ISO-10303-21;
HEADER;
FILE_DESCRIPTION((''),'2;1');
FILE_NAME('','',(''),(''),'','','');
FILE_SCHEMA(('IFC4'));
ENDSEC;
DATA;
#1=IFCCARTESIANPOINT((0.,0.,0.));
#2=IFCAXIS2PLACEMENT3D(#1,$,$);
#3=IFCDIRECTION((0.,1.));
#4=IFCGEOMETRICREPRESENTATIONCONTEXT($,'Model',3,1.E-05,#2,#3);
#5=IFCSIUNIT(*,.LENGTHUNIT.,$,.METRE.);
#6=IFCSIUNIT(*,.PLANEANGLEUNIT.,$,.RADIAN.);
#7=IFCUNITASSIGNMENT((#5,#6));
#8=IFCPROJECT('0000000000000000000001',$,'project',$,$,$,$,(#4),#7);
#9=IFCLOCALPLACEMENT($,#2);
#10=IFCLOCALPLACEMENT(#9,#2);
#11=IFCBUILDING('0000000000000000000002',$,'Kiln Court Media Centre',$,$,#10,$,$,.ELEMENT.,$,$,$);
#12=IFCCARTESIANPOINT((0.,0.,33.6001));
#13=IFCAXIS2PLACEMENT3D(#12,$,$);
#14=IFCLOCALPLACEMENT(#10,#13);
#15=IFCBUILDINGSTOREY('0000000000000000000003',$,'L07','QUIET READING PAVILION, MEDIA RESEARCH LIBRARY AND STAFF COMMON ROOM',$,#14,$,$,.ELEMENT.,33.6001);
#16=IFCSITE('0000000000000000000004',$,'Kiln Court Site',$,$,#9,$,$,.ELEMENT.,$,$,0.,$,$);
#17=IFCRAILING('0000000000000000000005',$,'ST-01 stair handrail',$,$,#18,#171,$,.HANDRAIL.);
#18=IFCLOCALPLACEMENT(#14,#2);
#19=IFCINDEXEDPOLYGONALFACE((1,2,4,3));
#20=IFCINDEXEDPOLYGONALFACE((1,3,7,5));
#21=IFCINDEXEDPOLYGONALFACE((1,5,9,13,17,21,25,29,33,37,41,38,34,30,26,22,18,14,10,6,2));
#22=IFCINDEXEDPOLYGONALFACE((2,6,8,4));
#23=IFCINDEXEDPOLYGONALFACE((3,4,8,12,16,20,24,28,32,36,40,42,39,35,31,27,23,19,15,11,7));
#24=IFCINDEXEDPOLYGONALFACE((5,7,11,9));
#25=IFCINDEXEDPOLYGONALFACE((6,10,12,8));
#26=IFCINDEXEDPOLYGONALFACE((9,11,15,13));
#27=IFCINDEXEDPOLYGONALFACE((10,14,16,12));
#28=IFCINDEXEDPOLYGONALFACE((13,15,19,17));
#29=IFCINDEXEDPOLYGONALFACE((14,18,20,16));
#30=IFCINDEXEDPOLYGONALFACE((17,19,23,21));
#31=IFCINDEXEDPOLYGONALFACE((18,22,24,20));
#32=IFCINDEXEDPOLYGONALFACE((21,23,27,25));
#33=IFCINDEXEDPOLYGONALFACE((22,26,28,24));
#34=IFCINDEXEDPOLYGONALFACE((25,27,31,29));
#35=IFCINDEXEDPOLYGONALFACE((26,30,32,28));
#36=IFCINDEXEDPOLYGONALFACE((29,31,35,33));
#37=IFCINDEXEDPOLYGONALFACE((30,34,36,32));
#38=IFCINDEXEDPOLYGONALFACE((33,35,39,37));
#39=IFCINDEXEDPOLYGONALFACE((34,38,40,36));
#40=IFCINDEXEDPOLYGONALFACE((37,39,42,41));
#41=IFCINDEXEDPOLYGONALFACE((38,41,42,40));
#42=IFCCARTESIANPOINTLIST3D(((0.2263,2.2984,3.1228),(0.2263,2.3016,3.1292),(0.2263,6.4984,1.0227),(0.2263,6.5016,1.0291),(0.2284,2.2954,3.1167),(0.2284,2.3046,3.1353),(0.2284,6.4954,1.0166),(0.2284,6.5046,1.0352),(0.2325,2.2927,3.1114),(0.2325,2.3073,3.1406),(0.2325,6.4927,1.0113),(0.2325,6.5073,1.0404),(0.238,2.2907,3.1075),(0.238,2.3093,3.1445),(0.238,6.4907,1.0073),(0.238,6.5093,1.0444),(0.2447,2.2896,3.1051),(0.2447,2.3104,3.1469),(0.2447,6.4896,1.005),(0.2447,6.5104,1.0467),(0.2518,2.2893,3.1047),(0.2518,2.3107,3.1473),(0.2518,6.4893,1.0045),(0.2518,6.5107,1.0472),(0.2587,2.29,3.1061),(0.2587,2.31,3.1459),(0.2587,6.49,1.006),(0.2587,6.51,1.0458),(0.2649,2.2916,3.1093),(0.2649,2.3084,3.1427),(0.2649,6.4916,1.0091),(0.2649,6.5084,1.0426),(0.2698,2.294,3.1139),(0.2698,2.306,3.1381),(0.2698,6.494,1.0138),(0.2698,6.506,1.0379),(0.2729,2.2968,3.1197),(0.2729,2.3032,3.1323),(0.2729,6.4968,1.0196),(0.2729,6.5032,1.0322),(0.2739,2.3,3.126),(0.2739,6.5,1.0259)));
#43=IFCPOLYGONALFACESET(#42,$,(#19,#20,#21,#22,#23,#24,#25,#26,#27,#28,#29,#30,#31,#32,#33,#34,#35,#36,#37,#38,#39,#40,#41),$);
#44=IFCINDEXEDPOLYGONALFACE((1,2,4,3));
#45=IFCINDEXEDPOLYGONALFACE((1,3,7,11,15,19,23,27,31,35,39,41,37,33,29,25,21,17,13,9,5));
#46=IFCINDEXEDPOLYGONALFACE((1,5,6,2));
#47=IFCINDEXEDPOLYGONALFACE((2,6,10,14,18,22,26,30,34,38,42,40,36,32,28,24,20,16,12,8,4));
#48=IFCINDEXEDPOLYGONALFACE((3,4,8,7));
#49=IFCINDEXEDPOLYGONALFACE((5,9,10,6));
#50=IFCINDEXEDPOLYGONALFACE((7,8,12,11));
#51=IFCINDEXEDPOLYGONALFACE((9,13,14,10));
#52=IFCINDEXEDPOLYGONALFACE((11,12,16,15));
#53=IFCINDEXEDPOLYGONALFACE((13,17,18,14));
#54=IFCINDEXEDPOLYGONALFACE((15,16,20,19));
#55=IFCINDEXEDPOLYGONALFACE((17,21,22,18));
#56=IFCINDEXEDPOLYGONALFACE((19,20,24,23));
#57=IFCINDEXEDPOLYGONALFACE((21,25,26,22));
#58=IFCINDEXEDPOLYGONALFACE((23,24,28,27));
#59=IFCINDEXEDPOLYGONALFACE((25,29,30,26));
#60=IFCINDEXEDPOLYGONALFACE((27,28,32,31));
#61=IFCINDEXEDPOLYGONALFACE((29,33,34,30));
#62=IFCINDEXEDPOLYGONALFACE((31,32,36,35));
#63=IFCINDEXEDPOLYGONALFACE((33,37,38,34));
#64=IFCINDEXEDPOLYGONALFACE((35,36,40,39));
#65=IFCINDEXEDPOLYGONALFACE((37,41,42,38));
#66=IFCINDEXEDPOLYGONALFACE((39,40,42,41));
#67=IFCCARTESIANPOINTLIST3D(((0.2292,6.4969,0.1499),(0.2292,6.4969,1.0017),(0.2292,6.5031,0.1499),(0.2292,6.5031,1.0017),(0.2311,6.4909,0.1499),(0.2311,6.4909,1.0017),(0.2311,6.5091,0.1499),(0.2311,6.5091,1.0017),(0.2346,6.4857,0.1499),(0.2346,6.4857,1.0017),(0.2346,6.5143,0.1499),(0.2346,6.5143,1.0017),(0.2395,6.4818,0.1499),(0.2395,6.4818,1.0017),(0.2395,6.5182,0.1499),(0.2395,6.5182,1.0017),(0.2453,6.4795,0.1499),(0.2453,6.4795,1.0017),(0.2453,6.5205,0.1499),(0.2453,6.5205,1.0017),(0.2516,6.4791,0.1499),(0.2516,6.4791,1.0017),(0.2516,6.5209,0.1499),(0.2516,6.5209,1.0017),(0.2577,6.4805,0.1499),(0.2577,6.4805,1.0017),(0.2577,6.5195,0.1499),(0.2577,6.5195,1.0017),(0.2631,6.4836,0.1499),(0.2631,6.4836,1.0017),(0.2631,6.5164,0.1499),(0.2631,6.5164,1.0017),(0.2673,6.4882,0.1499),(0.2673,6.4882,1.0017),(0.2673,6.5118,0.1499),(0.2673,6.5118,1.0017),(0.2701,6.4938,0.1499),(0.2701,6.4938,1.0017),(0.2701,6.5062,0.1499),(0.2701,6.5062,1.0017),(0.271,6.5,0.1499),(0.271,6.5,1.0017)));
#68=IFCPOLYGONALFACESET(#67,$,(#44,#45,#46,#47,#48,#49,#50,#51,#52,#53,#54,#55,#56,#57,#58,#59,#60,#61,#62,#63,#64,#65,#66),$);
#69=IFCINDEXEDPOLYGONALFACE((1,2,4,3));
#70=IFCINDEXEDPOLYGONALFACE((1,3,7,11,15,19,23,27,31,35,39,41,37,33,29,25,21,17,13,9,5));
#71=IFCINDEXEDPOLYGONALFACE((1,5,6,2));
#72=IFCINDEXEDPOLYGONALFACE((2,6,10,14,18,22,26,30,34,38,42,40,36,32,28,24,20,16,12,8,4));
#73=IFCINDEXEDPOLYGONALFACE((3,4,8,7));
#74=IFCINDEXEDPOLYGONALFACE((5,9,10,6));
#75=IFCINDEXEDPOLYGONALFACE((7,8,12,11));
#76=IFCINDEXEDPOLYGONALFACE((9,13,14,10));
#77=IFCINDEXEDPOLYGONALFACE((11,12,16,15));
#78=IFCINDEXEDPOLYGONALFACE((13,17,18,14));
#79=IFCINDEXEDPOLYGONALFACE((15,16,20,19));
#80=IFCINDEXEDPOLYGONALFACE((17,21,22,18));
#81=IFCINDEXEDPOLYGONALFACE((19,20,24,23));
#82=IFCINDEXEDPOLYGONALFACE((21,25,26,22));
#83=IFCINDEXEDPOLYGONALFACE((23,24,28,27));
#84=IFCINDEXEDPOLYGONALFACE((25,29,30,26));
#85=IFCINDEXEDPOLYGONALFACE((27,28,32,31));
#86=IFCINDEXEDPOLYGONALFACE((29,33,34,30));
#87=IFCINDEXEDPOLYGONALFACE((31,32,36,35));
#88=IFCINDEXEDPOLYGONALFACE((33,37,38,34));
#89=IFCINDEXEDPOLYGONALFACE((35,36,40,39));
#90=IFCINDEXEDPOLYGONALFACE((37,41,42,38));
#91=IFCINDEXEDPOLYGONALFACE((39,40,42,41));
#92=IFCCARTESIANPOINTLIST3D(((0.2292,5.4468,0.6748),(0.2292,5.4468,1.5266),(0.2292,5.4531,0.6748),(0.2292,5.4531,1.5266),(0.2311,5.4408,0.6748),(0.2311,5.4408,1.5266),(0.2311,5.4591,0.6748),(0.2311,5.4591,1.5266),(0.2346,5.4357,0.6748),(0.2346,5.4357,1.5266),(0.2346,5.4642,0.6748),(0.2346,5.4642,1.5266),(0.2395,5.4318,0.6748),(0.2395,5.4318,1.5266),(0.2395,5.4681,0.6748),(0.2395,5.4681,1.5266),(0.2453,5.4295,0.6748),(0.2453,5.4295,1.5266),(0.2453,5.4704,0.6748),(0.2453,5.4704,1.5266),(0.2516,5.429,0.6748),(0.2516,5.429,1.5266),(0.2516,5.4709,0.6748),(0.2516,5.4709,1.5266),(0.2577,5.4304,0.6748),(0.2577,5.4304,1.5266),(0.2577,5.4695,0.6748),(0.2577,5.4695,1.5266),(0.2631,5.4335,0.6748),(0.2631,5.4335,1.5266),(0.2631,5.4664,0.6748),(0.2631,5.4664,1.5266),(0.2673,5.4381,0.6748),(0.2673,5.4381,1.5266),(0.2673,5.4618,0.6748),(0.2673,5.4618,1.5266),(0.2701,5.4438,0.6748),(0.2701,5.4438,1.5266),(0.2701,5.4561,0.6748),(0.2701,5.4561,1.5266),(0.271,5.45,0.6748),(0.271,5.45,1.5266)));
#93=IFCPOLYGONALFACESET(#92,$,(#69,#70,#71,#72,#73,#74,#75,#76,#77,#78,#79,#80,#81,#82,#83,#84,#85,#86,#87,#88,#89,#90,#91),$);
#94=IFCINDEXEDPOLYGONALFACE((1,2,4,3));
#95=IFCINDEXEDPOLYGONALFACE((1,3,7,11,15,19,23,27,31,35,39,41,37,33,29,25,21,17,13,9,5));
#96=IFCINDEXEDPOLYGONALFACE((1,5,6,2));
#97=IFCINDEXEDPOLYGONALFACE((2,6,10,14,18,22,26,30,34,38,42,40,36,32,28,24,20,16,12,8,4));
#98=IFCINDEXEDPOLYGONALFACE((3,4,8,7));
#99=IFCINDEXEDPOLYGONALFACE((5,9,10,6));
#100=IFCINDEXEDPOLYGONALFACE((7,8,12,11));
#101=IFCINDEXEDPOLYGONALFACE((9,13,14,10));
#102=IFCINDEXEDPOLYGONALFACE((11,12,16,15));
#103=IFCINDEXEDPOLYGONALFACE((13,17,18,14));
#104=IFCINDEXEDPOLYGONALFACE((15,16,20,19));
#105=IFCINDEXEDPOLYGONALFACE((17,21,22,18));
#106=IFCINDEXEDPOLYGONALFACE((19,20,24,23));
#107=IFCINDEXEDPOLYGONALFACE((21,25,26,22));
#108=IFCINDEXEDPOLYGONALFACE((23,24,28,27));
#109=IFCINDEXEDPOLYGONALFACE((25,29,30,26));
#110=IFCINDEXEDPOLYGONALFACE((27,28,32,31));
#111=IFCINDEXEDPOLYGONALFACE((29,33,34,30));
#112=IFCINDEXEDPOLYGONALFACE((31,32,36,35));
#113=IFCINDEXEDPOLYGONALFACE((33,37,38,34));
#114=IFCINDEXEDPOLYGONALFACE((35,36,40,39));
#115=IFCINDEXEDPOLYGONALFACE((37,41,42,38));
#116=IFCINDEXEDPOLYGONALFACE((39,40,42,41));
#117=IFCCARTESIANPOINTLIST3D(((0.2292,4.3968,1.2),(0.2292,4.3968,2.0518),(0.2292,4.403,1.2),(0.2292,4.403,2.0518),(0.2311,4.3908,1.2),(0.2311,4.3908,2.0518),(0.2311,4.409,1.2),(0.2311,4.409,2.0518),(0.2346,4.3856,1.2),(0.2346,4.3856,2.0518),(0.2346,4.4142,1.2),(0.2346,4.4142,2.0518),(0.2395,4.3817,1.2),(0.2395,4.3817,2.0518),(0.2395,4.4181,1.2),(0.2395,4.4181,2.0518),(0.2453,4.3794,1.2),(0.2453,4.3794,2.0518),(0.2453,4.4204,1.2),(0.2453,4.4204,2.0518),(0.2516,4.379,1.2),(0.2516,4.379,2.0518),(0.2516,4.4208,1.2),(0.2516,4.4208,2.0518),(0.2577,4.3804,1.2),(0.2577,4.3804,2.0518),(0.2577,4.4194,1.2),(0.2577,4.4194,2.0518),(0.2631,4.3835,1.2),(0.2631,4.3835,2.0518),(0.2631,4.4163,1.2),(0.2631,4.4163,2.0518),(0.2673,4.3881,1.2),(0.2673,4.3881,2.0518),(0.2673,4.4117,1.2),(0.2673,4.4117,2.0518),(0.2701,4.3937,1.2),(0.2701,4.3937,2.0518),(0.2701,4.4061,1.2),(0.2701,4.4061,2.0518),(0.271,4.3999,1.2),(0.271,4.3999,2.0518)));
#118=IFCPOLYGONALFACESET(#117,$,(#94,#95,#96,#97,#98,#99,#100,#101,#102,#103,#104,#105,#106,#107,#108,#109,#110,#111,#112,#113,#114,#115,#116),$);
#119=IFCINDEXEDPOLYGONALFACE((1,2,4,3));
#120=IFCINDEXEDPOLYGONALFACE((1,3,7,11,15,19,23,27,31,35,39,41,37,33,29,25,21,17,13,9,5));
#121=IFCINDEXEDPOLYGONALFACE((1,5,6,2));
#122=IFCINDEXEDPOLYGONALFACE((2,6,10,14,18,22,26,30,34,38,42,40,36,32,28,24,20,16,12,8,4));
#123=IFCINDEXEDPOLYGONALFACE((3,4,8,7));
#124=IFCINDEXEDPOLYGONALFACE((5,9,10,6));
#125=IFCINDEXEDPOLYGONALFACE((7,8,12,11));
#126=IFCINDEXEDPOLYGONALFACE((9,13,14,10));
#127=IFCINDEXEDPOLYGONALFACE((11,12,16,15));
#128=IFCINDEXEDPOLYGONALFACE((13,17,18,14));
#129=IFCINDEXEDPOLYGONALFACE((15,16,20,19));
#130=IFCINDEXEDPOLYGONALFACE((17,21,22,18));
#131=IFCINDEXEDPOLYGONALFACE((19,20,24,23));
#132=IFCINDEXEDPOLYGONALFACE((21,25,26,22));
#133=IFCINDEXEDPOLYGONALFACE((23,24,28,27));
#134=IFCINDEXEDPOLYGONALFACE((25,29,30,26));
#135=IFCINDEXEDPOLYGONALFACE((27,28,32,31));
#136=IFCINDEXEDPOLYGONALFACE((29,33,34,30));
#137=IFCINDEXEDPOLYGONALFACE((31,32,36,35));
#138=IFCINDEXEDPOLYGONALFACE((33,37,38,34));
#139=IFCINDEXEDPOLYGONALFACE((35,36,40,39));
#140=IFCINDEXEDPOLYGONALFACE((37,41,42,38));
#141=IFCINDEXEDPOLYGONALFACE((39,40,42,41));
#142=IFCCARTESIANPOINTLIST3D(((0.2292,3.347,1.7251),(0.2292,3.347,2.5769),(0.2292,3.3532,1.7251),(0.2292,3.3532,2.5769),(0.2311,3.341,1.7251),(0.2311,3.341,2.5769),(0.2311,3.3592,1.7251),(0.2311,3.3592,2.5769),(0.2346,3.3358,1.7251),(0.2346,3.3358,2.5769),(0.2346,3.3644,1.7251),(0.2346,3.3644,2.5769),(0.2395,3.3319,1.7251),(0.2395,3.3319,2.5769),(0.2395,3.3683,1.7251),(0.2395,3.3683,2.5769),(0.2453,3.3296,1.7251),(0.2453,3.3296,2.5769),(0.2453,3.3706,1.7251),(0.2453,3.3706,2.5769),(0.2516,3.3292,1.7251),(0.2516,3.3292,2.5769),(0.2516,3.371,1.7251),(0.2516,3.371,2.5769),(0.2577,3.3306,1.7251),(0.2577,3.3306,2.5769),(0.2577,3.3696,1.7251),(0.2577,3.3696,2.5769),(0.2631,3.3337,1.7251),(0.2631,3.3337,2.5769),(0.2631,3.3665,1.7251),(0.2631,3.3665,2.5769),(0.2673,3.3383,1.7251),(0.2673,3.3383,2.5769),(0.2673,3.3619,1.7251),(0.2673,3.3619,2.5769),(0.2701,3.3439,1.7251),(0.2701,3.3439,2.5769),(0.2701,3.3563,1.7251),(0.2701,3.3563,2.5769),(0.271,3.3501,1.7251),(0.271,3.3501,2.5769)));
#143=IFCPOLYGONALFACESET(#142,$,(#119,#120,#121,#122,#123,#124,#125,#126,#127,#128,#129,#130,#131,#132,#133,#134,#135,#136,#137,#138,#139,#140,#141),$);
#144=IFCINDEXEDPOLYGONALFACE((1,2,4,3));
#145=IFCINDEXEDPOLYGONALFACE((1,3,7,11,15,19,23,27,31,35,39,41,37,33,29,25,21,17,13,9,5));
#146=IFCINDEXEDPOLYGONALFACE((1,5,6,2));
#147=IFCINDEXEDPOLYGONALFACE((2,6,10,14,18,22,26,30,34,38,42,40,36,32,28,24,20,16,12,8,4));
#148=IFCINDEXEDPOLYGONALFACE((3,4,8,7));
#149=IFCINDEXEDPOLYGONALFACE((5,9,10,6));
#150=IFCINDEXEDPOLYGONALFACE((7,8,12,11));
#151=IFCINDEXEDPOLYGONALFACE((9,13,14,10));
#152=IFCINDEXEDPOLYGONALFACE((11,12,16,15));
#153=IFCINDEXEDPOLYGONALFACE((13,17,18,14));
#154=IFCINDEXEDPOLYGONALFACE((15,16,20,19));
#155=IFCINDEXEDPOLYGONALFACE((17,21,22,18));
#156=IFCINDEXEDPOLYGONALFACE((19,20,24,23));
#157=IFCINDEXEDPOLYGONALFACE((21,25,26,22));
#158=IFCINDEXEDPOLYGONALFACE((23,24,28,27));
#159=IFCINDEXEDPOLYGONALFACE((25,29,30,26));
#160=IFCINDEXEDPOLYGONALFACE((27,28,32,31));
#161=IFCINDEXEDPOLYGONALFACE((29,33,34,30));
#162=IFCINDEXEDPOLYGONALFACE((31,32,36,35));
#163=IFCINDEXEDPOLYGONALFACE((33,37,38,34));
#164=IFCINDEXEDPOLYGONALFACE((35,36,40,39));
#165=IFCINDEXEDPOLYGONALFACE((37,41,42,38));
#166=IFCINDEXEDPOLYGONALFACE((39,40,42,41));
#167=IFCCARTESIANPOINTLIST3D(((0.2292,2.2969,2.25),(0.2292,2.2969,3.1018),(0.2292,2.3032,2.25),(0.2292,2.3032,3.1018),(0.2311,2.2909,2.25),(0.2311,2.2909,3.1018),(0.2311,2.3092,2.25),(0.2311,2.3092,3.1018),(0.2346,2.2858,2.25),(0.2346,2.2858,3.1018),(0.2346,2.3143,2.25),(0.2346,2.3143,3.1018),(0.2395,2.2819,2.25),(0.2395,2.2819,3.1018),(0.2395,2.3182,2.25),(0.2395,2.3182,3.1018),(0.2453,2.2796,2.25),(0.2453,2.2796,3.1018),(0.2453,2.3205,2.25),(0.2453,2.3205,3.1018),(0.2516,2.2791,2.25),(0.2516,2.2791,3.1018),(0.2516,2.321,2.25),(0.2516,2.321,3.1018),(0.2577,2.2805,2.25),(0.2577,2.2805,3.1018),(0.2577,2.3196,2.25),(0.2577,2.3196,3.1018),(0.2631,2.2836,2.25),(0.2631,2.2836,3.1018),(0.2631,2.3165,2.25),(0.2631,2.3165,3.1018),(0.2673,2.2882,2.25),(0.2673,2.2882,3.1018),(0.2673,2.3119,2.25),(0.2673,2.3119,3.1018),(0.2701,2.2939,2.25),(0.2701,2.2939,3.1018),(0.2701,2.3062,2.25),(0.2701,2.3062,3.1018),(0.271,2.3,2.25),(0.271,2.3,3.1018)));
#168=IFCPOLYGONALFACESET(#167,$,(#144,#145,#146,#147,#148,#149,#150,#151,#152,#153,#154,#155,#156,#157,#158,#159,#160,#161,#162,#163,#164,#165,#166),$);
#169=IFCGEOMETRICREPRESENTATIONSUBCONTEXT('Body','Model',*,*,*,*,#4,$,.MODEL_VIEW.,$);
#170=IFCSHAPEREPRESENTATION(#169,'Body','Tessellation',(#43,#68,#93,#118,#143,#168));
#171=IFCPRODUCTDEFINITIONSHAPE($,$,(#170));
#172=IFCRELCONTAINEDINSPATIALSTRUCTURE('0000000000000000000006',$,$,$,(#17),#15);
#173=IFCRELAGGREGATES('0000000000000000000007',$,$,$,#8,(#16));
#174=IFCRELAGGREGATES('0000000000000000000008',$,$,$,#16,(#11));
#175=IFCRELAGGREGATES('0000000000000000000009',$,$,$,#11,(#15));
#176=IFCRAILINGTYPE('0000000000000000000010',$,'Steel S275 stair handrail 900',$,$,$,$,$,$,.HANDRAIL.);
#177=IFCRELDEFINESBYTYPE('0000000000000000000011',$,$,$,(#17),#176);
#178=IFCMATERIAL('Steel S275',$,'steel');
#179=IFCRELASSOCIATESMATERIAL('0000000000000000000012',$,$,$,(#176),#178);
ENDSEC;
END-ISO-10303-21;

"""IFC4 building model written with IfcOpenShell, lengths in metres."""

from ifc_helpers import new_model, si_unit, direction, frame, origin, origin_2d, place, context, subcontext, project, spatial, circle, extrude, material, type_object, element, save


model = new_model("IFC4")

# Units and contexts
model_context = context("Model", 3, precision=1e-05, world=origin(), true_north=direction((0.0, 1.0)))
body_context = subcontext(model_context, "Body", "Model", "MODEL_VIEW")
ifc_project = project(units=[si_unit("LENGTHUNIT", "METRE"), si_unit("PLANEANGLEUNIT", "RADIAN")], contexts=[model_context])

# Site, building, storey
site_placement = place(None, origin())
site = spatial("IfcSite", under=ifc_project, at=site_placement, Name="Kiln Court Site", CompositionType="ELEMENT", RefElevation=0.0)
building_placement = place(site_placement, origin())
building = spatial("IfcBuilding", under=site, at=building_placement, Name="Kiln Court Media Centre", CompositionType="ELEMENT")
storey_placement = place(building_placement, frame((0.0, 0.0, 33.6001)))
storey = spatial("IfcBuildingStorey", under=building, at=storey_placement, Name="L07", Description="QUIET READING PAVILION, MEDIA RESEARCH LIBRARY AND STAFF COMMON ROOM", CompositionType="ELEMENT", Elevation=33.6001)

# Railing
ifc_material_1 = material(Name="Steel S275", Category="steel")
railing_type_1 = type_object("IfcRailingType", Name="Steel S275 stair handrail 900", PredefinedType="HANDRAIL", material=ifc_material_1)
railing_1_placement = place(storey_placement, frame((0.25, 6.5, 0.1499)))
element("IfcRailing", 1, at=railing_1_placement, inside=storey, type_object=railing_type_1, Name="ST-01 stair handrail", PredefinedType="HANDRAIL", context=body_context, shape_type="SweptSolid", body=[
    extrude(circle(Radius=0.0239, at=origin_2d()), frame((0.0, 0.0, 0.876), z_axis=(0.0, -0.894417, 0.447234), x_axis=(1.0, 0.0, 0.0)), (0.0, 0.0, 1.0), 4.6958),
    extrude(circle(Radius=0.021, at=origin_2d()), origin(), (0.0, 0.0, 1.0), 0.8518),
    extrude(circle(Radius=0.021, at=origin_2d()), frame((0.0, -1.05, 0.5249)), (0.0, 0.0, 1.0), 0.8518),
    extrude(circle(Radius=0.021, at=origin_2d()), frame((0.0, -2.1001, 1.05)), (0.0, 0.0, 1.0), 0.8518),
    extrude(circle(Radius=0.021, at=origin_2d()), frame((0.0, -3.1499, 1.5752)), (0.0, 0.0, 1.0), 0.8518),
    extrude(circle(Radius=0.021, at=origin_2d()), frame((0.0, -4.2, 2.1001)), (0.0, 0.0, 1.0), 0.8518),
])

save(model, "model.ifc")
